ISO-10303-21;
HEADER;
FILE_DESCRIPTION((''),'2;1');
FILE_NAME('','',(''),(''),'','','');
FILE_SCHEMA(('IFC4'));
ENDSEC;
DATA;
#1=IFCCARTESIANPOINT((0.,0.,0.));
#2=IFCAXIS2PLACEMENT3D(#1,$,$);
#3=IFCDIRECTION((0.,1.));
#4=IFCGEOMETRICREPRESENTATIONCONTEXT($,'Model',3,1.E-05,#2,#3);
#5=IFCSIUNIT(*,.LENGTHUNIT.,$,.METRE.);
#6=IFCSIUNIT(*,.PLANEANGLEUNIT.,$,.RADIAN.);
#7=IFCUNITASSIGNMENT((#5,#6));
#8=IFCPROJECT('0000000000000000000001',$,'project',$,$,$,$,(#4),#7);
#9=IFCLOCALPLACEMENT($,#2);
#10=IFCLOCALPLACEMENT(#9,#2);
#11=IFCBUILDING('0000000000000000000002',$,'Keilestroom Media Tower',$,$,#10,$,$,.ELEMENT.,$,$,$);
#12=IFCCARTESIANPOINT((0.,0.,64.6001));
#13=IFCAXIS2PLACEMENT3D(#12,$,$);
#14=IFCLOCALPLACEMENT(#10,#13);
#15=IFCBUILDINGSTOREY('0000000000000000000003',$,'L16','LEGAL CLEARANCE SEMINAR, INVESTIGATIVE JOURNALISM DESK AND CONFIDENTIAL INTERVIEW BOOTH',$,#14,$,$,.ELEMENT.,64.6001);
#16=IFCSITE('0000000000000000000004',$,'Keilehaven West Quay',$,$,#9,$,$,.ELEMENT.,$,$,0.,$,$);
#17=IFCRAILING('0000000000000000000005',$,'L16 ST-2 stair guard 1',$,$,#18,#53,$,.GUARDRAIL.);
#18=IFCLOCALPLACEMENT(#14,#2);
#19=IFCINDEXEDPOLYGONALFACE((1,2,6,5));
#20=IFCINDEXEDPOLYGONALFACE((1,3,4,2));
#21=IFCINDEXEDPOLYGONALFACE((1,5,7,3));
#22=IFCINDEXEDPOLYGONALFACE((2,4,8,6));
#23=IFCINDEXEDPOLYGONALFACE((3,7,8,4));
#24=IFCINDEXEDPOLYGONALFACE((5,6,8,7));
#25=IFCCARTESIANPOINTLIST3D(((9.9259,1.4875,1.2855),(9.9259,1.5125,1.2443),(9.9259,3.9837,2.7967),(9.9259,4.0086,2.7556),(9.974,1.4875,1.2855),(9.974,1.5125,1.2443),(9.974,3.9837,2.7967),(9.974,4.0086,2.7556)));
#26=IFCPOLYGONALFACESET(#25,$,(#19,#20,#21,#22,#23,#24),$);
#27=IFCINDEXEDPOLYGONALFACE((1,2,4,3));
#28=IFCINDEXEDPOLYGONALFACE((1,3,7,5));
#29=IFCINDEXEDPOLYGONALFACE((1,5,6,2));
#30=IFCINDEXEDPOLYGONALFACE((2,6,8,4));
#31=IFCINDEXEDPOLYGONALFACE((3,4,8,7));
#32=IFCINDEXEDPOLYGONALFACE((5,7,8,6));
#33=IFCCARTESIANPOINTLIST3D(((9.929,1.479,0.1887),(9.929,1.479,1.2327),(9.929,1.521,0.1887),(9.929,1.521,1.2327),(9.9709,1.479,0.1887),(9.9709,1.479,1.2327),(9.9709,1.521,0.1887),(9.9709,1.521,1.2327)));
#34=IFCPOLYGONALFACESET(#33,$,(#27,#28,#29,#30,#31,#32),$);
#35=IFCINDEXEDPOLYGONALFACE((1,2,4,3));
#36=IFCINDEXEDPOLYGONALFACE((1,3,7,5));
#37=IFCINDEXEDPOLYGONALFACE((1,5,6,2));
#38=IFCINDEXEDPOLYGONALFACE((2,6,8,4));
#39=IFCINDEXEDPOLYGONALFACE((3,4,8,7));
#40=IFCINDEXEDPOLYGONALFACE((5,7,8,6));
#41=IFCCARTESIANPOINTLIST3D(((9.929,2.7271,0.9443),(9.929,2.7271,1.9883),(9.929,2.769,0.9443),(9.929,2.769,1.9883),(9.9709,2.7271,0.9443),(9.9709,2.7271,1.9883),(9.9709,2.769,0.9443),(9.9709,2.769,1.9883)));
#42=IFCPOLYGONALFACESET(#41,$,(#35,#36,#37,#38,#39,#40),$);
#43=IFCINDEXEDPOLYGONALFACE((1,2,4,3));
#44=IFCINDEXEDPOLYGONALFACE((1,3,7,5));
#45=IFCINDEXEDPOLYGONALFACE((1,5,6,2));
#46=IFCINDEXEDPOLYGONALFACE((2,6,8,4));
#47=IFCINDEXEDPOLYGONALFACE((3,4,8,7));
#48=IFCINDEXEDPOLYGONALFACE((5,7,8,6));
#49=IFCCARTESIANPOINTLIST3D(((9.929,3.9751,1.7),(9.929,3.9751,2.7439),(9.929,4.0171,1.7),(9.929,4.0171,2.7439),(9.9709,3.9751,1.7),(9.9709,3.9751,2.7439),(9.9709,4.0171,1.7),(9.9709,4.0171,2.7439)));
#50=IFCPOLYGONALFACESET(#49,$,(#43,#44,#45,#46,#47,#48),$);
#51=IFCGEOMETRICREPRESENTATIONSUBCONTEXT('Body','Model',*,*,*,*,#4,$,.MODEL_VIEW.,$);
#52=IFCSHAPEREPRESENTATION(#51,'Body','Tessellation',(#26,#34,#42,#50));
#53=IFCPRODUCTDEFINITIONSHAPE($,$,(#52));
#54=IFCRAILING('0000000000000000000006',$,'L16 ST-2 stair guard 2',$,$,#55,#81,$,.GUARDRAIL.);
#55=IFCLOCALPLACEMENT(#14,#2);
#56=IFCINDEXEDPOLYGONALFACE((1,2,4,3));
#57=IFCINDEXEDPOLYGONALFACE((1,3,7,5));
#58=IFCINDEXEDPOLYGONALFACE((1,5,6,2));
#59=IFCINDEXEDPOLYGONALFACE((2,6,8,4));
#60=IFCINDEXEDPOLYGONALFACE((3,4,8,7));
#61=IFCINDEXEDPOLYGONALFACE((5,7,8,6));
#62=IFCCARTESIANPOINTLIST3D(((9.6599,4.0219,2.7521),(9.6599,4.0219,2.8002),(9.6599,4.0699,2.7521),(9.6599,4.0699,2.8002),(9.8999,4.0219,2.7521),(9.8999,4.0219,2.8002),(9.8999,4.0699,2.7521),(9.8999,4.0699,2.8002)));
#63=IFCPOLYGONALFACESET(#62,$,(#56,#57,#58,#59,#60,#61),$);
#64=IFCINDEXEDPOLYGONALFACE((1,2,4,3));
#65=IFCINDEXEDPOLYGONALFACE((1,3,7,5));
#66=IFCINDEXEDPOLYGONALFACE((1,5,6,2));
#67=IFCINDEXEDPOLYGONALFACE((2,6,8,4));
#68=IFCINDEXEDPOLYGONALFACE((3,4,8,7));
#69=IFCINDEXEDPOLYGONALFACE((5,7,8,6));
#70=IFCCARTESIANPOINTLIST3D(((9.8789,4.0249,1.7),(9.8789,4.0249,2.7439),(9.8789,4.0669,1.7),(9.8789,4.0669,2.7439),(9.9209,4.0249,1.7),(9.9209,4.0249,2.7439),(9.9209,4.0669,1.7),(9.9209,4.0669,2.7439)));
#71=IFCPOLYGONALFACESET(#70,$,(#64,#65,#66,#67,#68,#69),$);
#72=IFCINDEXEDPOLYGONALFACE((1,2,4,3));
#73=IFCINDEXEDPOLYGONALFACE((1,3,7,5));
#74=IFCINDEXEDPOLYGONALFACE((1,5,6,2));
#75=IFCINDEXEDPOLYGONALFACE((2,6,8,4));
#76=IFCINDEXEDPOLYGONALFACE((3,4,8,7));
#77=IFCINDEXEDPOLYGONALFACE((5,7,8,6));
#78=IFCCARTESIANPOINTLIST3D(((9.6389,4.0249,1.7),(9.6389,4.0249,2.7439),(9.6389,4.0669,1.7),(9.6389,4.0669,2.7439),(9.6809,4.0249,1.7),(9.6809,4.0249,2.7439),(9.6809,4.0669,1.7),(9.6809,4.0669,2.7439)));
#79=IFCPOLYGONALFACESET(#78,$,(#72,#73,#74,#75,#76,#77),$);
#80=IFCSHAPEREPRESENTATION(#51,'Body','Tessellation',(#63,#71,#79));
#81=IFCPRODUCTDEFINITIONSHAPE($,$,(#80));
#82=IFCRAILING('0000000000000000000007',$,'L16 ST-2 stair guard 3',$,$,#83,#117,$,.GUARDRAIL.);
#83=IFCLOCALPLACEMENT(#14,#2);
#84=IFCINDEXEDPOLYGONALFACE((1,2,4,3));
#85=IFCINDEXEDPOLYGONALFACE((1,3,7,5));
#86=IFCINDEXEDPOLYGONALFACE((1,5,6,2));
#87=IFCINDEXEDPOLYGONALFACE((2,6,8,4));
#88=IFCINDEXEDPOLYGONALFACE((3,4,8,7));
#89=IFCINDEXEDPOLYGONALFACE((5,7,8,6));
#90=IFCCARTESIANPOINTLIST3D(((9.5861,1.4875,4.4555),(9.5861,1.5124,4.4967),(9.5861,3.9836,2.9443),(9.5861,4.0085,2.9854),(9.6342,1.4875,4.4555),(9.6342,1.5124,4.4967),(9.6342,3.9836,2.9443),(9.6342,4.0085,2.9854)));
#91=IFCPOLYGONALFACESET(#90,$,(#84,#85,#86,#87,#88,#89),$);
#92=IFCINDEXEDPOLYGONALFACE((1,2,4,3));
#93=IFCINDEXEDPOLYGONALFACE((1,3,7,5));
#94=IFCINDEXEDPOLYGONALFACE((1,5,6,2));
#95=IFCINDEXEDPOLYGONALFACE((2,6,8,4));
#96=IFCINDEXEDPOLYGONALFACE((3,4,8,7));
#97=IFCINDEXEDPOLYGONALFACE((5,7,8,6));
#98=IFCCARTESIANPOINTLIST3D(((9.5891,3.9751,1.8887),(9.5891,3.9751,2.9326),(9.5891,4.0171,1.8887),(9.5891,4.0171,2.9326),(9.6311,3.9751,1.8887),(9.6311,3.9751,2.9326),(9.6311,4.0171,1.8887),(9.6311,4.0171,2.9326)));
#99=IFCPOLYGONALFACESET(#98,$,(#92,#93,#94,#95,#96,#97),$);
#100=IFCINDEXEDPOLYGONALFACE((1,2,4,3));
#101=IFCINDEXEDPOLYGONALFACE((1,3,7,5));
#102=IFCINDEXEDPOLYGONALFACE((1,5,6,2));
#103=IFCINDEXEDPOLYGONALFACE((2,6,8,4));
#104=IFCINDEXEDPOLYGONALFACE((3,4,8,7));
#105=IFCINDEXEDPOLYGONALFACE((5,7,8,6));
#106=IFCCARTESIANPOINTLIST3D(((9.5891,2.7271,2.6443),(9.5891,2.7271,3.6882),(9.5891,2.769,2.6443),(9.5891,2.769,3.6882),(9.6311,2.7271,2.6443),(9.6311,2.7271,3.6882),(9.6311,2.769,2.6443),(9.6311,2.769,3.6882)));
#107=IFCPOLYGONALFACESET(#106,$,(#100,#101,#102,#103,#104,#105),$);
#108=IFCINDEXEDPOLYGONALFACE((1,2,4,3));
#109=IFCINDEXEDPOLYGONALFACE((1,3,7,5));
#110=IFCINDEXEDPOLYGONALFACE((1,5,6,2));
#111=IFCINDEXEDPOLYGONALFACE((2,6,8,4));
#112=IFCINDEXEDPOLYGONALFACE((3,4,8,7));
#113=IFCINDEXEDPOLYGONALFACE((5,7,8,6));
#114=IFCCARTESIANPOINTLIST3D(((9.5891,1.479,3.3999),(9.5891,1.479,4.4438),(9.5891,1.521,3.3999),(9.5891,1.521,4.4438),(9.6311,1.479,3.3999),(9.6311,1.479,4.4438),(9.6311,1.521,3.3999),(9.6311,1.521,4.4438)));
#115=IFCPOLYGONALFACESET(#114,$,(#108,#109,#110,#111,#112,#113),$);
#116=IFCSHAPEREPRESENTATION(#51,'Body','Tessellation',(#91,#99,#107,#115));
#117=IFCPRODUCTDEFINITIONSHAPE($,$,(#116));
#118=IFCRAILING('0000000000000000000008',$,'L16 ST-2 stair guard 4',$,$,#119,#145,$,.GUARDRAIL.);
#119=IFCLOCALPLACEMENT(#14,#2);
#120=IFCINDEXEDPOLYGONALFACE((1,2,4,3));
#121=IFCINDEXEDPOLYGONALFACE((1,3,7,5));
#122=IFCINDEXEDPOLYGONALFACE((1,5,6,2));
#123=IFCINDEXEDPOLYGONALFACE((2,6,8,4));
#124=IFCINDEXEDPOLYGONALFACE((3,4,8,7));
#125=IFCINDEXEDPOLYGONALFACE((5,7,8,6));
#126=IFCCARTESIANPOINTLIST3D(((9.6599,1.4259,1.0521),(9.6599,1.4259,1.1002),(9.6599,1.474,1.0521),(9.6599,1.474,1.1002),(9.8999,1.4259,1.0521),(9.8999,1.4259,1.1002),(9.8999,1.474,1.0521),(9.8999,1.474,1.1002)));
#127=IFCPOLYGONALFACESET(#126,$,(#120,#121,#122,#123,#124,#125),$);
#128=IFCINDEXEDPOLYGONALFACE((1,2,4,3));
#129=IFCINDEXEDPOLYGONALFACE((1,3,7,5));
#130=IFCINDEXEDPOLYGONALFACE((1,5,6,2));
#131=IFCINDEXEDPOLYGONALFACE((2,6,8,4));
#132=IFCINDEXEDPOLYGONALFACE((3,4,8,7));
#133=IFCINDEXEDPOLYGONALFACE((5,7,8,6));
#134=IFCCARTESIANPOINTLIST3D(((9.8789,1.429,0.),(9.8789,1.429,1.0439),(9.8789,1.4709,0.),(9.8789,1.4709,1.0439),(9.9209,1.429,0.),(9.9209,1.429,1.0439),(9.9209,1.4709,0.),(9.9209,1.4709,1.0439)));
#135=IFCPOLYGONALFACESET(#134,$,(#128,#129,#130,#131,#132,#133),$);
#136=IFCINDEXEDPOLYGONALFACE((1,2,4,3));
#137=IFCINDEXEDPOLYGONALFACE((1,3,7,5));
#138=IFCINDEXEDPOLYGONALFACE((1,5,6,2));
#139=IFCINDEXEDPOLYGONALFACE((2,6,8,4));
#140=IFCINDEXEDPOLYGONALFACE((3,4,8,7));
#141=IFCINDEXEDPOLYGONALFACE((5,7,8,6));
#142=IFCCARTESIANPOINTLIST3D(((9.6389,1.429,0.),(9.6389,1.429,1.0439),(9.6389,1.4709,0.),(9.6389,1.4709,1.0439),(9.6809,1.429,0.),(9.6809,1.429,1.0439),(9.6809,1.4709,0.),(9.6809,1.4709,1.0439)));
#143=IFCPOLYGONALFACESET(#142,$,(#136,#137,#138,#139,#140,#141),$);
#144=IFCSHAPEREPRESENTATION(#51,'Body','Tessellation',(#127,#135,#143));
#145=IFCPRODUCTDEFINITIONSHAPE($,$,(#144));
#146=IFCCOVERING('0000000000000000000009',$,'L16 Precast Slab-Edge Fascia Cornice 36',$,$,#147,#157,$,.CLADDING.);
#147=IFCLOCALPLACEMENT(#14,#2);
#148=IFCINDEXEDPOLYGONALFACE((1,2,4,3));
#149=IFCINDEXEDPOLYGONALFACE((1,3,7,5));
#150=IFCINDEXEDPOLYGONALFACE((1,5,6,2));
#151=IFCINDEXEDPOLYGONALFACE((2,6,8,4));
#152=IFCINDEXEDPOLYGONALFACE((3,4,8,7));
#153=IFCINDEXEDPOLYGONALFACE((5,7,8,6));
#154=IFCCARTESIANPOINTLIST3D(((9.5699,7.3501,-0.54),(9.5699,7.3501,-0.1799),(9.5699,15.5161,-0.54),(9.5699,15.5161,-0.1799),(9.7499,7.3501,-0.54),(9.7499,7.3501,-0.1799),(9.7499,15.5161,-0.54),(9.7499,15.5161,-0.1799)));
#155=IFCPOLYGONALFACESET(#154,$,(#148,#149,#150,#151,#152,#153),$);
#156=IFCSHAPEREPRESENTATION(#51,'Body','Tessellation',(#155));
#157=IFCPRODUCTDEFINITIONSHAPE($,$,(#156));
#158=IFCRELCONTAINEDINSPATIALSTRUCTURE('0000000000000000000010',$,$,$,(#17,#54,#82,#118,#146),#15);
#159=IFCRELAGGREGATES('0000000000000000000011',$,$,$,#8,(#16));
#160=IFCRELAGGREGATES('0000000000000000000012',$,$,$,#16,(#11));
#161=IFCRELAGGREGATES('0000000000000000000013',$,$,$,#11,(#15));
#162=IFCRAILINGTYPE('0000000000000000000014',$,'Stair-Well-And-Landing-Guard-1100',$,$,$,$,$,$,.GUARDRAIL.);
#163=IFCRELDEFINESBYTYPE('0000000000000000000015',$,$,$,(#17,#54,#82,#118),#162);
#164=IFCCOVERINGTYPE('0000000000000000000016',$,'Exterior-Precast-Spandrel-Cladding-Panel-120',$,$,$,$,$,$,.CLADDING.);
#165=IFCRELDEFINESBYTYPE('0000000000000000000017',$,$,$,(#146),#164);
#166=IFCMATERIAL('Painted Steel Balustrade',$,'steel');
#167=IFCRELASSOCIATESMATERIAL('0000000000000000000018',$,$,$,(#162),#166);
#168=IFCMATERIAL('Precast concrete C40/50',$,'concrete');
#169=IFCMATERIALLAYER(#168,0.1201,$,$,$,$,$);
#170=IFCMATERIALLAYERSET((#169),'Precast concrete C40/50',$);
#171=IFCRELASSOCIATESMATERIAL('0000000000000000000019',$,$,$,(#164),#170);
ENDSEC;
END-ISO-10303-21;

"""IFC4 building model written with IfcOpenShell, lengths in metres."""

from ifc_helpers import new_model, si_unit, direction, frame, origin, origin_2d, place, context, subcontext, project, spatial, rectangle, extrude, source, transform, mapped, material, layer, layer_set, type_object, element, save


model = new_model("IFC4")

# Units and contexts
model_context = context("Model", 3, precision=1e-05, world=origin(), true_north=direction((0.0, 1.0)))
body_context = subcontext(model_context, "Body", "Model", "MODEL_VIEW")
ifc_project = project(units=[si_unit("LENGTHUNIT", "METRE"), si_unit("PLANEANGLEUNIT", "RADIAN")], contexts=[model_context])

# Site, building, storey
site_placement = place(None, origin())
site = spatial("IfcSite", under=ifc_project, at=site_placement, Name="Keilehaven West Quay", CompositionType="ELEMENT", RefElevation=0.0)
building_placement = place(site_placement, origin())
building = spatial("IfcBuilding", under=site, at=building_placement, Name="Keilestroom Media Tower", CompositionType="ELEMENT")
storey_placement = place(building_placement, frame((0.0, 0.0, 64.6001)))
storey = spatial("IfcBuildingStorey", under=building, at=storey_placement, Name="L16", Description="LEGAL CLEARANCE SEMINAR, INVESTIGATIVE JOURNALISM DESK AND CONFIDENTIAL INTERVIEW BOOTH", CompositionType="ELEMENT", Elevation=64.6001)

# Shared definitions
ifc_material_1 = material(Name="Precast concrete C40/50", Category="concrete")

# Railings
ifc_material_2 = material(Name="Painted Steel Balustrade", Category="steel")
railing_type_1 = type_object("IfcRailingType", Name="Stair-Well-And-Landing-Guard-1100", PredefinedType="GUARDRAIL", material=ifc_material_2)
railing_1_placement = place(storey_placement, frame((9.95, 1.5, 0.1887)))
element("IfcRailing", 1, at=railing_1_placement, inside=storey, type_object=railing_type_1, Name="L16 ST-2 stair guard 1", PredefinedType="GUARDRAIL", context=body_context, shape_type="SweptSolid", body=[
    extrude(rectangle(XDim=0.0481, YDim=0.0481, at=origin_2d()), frame((0.0, 0.0, 1.0762), z_axis=(0.0, 0.855434, 0.517912), x_axis=(-1.0, 0.0, 0.0)), (0.0, 0.0, 1.0), 2.918),
    extrude(rectangle(XDim=0.042, YDim=0.042, at=origin_2d()), origin(), (0.0, 0.0, 1.0), 1.0439),
    extrude(rectangle(XDim=0.042, YDim=0.042, at=origin_2d()), frame((0.0, 1.248, 0.7556)), (0.0, 0.0, 1.0), 1.0439),
    extrude(rectangle(XDim=0.042, YDim=0.042, at=origin_2d()), frame((0.0, 2.4961, 1.5112)), (0.0, 0.0, 1.0), 1.0439),
])
railing_2_placement = place(storey_placement, frame((9.8999, 4.0459, 1.7)))
element("IfcRailing", 2, at=railing_2_placement, inside=storey, type_object=railing_type_1, Name="L16 ST-2 stair guard 2", PredefinedType="GUARDRAIL", context=body_context, shape_type="SweptSolid", body=[
    extrude(rectangle(XDim=0.0481, YDim=0.0481, at=origin_2d()), frame((0.0, 0.0, 1.0762), z_axis=(-1.0, 0.0, 0.0), x_axis=(0.0, -1.0, 0.0)), (0.0, 0.0, 1.0), 0.24),
    extrude(rectangle(XDim=0.042, YDim=0.042, at=origin_2d()), origin(), (0.0, 0.0, 1.0), 1.0439),
    extrude(rectangle(XDim=0.042, YDim=0.042, at=origin_2d()), frame((-0.24, 0.0, 0.0)), (0.0, 0.0, 1.0), 1.0439),
])
railing_3_placement = place(storey_placement, frame((9.6101, 3.9961, 1.8887)))
element("IfcRailing", 3, at=railing_3_placement, inside=storey, type_object=railing_type_1, Name="L16 ST-2 stair guard 3", PredefinedType="GUARDRAIL", context=body_context, shape_type="SweptSolid", body=[
    extrude(rectangle(XDim=0.0481, YDim=0.0481, at=origin_2d()), frame((0.0, 0.0, 1.0762), z_axis=(0.0, -0.855434, 0.517912), x_axis=(1.0, 0.0, 0.0)), (0.0, 0.0, 1.0), 2.918),
    extrude(rectangle(XDim=0.042, YDim=0.042, at=origin_2d()), origin(), (0.0, 0.0, 1.0), 1.0439),
    extrude(rectangle(XDim=0.042, YDim=0.042, at=origin_2d()), frame((0.0, -1.248, 0.7556)), (0.0, 0.0, 1.0), 1.0439),
    extrude(rectangle(XDim=0.042, YDim=0.042, at=origin_2d()), frame((0.0, -2.4961, 1.5112)), (0.0, 0.0, 1.0), 1.0439),
])
railing_4_placement = place(storey_placement, frame((9.8999, 1.45, 0.0)))
element("IfcRailing", 4, at=railing_4_placement, inside=storey, type_object=railing_type_1, Name="L16 ST-2 stair guard 4", PredefinedType="GUARDRAIL", context=body_context, shape_type="SweptSolid", body=[
    extrude(rectangle(XDim=0.0481, YDim=0.0481, at=origin_2d()), frame((0.0, 0.0, 1.0762), z_axis=(-1.0, 0.0, 0.0), x_axis=(0.0, -1.0, 0.0)), (0.0, 0.0, 1.0), 0.24),
    extrude(rectangle(XDim=0.042, YDim=0.042, at=origin_2d()), origin(), (0.0, 0.0, 1.0), 1.0439),
    extrude(rectangle(XDim=0.042, YDim=0.042, at=origin_2d()), frame((-0.24, 0.0, 0.0)), (0.0, 0.0, 1.0), 1.0439),
])

# Covering
ifc_layer_1 = layer(ifc_material_1, 0.1201)
ifc_layer_set_1 = layer_set([ifc_layer_1], Name="Precast concrete C40/50")
covering_type = type_object("IfcCoveringType", Name="Exterior-Precast-Spandrel-Cladding-Panel-120", PredefinedType="CLADDING", material=ifc_layer_set_1)
shared_shape_1 = source(origin(), body_context, "Body", "SweptSolid", [
    extrude(rectangle(XDim=8.166, YDim=0.1799, at=origin_2d()), origin(), (0.0, 0.0, 1.0), 0.3601),
])
covering_placement = place(storey_placement, frame((9.6599, 11.4331, -0.54), z_axis=(0.0, 0.0, 1.0), x_axis=(0.0, -1.0, 0.0)))
element("IfcCovering", 5, at=covering_placement, inside=storey, type_object=covering_type, Name="L16 Precast Slab-Edge Fascia Cornice 36", PredefinedType="CLADDING", context=body_context, shape_type="MappedRepresentation", body=[
    mapped(shared_shape_1, transform((0.0, 0.0, 0.0), x_axis=(1.0, 0.0, 0.0), y_axis=(0.0, 1.0, 0.0), z_axis=(0.0, 0.0, 1.0), scale=1.0)),
])

save(model, "model.ifc")
